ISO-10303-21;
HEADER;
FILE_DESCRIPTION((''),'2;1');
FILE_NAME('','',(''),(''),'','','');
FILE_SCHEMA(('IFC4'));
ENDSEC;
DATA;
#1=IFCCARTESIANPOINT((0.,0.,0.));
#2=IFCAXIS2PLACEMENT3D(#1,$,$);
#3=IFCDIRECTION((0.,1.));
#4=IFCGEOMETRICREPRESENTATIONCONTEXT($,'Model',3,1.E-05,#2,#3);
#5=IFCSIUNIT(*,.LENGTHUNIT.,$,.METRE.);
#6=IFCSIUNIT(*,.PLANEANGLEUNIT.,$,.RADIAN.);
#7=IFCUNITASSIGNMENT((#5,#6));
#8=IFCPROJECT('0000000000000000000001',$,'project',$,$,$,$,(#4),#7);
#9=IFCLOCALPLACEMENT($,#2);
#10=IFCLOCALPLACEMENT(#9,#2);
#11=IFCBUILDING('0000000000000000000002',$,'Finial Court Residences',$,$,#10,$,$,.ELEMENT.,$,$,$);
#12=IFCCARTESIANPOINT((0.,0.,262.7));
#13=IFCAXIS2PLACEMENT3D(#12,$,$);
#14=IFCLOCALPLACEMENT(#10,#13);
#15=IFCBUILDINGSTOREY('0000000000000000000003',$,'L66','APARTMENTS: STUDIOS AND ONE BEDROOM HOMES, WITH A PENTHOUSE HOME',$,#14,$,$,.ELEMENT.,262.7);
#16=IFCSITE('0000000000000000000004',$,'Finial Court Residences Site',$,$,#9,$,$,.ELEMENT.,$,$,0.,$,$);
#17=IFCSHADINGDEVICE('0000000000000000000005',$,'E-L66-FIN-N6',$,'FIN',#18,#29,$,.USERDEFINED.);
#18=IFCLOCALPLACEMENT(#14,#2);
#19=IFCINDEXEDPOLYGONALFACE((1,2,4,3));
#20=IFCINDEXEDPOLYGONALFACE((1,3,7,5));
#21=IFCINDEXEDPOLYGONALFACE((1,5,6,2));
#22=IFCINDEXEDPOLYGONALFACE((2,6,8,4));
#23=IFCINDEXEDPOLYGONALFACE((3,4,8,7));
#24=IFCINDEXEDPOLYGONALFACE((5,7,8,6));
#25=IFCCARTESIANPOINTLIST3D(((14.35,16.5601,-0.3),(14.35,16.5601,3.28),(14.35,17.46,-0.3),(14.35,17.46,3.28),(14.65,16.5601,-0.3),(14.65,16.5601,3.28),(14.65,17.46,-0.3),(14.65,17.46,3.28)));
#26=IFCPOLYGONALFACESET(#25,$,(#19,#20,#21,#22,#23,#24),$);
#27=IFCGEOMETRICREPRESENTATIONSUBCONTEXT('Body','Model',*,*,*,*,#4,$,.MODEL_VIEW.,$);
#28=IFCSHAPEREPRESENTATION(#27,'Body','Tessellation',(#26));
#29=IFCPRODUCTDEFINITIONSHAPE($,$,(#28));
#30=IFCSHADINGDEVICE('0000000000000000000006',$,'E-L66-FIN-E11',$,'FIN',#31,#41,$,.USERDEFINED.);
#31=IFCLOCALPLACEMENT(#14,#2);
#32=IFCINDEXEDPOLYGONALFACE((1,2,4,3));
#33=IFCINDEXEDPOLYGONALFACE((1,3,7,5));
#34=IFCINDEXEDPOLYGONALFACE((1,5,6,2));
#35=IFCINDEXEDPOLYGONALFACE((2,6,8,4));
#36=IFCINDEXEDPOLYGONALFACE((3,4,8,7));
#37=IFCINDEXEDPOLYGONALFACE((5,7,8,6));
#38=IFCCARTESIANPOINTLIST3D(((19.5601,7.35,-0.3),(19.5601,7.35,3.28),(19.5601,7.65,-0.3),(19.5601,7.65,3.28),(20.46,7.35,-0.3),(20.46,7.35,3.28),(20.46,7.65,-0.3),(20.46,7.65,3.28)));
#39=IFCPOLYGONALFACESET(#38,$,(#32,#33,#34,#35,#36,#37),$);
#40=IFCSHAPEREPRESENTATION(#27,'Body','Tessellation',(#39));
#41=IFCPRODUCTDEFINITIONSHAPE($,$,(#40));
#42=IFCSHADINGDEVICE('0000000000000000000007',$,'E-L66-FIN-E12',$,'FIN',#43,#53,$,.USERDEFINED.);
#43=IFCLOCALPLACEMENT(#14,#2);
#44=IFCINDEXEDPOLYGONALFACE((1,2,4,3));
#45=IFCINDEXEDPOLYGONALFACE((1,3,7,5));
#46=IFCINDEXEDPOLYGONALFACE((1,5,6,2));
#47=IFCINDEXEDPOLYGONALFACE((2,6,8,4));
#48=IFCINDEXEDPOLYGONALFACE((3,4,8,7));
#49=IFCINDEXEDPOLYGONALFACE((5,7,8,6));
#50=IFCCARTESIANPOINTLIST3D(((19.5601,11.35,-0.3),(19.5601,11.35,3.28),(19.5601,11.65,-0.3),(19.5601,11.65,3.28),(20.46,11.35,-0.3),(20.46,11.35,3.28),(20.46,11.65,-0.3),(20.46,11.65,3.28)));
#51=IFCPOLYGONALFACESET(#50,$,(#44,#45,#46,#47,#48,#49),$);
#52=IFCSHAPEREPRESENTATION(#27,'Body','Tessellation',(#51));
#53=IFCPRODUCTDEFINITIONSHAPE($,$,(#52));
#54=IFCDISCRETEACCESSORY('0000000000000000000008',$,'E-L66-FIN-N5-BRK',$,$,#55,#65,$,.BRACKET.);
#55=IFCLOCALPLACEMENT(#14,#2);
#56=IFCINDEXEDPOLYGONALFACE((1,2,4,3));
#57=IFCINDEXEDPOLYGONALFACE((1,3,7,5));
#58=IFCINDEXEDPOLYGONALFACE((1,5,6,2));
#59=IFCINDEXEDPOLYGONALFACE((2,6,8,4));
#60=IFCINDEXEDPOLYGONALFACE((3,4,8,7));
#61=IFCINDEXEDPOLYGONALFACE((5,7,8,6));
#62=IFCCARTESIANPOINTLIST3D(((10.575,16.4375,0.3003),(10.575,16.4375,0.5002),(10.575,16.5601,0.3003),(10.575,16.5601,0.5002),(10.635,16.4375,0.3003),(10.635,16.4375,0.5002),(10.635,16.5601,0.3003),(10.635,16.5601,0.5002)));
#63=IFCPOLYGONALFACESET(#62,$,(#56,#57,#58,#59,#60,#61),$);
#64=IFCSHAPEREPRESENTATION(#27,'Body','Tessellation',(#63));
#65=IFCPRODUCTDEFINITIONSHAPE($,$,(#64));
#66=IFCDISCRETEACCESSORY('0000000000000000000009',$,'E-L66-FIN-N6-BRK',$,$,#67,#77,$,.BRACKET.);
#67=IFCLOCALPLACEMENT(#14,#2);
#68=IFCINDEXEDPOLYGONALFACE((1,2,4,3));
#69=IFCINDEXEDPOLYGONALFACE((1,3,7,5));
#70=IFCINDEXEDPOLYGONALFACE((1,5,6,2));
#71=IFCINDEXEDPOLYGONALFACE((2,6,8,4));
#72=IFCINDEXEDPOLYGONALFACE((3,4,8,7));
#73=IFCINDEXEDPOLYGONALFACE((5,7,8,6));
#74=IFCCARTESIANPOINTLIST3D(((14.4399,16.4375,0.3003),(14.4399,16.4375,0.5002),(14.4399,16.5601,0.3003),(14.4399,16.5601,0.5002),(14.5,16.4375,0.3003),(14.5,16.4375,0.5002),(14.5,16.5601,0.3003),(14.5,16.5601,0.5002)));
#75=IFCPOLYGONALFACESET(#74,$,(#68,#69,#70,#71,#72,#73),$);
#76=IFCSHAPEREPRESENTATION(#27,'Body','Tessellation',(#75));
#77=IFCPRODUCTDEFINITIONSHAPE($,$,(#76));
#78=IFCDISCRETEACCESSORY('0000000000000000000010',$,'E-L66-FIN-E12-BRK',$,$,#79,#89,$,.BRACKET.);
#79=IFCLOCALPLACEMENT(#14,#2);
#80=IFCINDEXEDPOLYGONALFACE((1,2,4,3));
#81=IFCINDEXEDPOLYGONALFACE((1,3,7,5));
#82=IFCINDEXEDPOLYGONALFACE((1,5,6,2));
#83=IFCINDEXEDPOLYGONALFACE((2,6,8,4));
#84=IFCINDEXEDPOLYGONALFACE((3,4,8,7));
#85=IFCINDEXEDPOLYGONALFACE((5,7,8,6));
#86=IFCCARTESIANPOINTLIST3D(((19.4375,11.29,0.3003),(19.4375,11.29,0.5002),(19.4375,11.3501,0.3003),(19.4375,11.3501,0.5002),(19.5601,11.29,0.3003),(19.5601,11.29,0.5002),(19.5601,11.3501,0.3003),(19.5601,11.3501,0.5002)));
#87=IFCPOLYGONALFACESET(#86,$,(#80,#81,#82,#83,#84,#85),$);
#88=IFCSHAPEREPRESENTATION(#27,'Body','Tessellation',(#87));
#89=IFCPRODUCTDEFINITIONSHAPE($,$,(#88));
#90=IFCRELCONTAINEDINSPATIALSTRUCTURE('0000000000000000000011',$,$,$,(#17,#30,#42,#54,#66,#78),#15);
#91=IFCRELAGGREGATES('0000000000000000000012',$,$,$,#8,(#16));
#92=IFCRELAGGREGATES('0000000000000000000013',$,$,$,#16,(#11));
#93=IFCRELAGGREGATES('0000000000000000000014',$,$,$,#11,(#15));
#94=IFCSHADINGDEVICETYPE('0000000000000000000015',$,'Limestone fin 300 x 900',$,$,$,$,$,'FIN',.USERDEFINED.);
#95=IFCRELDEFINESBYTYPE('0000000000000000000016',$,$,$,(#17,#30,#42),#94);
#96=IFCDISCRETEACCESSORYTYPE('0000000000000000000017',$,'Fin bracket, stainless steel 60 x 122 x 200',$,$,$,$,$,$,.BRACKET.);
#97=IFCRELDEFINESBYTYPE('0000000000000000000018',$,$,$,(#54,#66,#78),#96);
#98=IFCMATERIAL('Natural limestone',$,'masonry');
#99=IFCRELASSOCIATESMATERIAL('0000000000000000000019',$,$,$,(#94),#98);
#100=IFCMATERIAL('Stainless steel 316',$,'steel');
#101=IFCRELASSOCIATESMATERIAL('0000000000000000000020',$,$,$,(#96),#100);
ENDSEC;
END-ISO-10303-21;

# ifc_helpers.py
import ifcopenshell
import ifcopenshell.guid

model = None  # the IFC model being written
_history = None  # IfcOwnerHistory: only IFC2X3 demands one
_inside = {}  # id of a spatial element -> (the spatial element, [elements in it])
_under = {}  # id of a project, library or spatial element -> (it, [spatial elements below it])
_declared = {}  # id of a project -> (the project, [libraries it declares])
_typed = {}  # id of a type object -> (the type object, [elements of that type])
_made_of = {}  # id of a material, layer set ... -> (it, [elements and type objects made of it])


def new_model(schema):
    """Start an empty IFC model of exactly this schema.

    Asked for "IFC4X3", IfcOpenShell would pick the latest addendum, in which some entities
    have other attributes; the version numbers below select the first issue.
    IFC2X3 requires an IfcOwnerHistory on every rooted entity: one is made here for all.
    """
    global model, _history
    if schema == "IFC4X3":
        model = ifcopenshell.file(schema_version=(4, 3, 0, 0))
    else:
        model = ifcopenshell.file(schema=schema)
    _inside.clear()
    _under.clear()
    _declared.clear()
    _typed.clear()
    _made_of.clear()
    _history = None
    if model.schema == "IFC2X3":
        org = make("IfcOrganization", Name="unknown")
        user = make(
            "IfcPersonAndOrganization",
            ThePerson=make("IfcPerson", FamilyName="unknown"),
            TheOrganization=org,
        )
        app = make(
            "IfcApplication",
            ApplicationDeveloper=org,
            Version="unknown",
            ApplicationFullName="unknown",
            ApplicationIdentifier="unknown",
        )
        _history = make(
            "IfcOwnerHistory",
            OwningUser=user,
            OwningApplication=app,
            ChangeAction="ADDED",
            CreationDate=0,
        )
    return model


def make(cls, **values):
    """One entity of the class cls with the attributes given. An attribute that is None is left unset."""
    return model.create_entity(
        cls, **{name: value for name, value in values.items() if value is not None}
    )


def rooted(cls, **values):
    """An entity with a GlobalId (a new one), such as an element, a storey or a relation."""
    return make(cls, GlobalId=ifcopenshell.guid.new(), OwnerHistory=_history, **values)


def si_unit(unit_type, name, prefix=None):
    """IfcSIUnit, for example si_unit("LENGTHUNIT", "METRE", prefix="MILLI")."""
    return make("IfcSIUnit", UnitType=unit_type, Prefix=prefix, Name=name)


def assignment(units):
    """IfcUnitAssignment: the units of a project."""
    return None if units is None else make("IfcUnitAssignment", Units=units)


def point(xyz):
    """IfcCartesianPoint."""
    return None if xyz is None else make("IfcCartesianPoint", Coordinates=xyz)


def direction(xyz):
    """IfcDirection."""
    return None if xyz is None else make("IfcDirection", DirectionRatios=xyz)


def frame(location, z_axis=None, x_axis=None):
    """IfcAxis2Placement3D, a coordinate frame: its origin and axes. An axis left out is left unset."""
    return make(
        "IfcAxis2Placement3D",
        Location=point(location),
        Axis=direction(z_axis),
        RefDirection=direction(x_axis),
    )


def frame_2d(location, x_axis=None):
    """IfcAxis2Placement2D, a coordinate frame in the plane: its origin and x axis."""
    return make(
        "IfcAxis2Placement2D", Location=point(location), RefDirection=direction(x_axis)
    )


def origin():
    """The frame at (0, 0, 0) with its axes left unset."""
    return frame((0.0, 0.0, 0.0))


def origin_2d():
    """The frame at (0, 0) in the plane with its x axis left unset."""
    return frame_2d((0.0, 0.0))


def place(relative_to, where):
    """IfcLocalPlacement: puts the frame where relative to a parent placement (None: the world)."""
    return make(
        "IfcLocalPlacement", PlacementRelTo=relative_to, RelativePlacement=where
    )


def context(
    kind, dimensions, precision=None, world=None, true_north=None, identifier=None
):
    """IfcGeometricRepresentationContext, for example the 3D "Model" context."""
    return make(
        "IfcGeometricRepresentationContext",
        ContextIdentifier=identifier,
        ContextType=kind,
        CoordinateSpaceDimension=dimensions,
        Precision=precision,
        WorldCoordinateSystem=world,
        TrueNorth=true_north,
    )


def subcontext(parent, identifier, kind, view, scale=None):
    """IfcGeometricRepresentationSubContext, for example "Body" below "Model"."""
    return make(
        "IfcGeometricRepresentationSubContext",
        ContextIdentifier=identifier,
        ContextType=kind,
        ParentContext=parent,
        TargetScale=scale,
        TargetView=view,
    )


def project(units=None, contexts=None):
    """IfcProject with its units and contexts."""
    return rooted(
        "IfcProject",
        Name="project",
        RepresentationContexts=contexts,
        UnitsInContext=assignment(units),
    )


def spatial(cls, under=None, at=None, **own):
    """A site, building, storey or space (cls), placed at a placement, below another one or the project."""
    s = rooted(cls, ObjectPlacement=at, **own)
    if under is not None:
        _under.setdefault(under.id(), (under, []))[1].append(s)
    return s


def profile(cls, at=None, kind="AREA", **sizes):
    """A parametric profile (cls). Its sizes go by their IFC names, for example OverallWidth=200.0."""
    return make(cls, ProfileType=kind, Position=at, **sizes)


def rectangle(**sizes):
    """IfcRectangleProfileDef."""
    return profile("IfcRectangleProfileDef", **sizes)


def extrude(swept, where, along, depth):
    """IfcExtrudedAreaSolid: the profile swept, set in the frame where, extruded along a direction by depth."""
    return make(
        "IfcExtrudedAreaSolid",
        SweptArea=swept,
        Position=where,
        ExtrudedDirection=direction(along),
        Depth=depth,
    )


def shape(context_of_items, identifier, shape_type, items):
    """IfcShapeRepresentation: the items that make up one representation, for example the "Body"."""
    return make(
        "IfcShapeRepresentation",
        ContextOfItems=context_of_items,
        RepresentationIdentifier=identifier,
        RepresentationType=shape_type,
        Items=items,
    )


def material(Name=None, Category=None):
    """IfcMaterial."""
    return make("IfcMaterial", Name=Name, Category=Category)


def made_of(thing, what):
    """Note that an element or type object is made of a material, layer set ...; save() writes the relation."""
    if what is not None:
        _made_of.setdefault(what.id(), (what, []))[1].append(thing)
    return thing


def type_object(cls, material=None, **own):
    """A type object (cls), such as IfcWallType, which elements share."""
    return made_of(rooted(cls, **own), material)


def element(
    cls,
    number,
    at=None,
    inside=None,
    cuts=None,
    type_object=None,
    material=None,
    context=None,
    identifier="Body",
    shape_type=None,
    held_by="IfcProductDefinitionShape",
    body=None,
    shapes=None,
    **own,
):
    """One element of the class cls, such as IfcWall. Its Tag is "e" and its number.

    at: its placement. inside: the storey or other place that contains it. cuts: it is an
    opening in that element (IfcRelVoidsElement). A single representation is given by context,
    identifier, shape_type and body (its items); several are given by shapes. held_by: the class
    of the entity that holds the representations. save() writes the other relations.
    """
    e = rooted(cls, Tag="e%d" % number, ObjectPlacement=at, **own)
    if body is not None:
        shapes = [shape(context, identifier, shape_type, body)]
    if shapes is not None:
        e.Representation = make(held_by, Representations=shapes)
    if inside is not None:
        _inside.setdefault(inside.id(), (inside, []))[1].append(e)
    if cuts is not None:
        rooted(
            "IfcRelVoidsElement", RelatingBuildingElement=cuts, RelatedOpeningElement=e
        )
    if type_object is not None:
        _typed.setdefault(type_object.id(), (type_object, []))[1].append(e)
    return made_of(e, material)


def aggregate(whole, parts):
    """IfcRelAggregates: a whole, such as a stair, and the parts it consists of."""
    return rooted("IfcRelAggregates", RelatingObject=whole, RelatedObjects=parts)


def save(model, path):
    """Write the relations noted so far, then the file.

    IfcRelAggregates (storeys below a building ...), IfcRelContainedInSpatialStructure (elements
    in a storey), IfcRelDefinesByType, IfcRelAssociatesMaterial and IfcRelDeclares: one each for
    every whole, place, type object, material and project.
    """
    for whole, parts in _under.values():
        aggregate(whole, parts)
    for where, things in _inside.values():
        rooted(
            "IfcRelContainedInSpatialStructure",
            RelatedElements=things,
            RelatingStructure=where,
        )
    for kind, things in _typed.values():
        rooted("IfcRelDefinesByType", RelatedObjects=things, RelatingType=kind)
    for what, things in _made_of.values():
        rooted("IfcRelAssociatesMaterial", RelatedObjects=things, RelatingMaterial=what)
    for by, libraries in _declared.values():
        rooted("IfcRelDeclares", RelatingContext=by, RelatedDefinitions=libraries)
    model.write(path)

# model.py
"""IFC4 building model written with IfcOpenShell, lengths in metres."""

from ifc_helpers import new_model, si_unit, direction, frame, origin, origin_2d, place, context, subcontext, project, spatial, rectangle, extrude, material, type_object, element, save


model = new_model("IFC4")

# Units and contexts
model_context = context("Model", 3, precision=1e-05, world=origin(), true_north=direction((0.0, 1.0)))
body_context = subcontext(model_context, "Body", "Model", "MODEL_VIEW")
ifc_project = project(units=[si_unit("LENGTHUNIT", "METRE"), si_unit("PLANEANGLEUNIT", "RADIAN")], contexts=[model_context])

# Site, building, storey
site_placement = place(None, origin())
site = spatial("IfcSite", under=ifc_project, at=site_placement, Name="Finial Court Residences Site", CompositionType="ELEMENT", RefElevation=0.0)
building_placement = place(site_placement, origin())
building = spatial("IfcBuilding", under=site, at=building_placement, Name="Finial Court Residences", CompositionType="ELEMENT")
storey_placement = place(building_placement, frame((0.0, 0.0, 262.7)))
storey = spatial("IfcBuildingStorey", under=building, at=storey_placement, Name="L66", Description="APARTMENTS: STUDIOS AND ONE BEDROOM HOMES, WITH A PENTHOUSE HOME", CompositionType="ELEMENT", Elevation=262.7)

# Shared definitions
ifc_material_1 = material(Name="Natural limestone", Category="masonry")

# Shading devices
shading_device_type = type_object("IfcShadingDeviceType", Name="Limestone fin 300 x 900", ElementType="FIN", PredefinedType="USERDEFINED", material=ifc_material_1)
shading_device_placement = place(storey_placement, frame((14.5, 17.01, -0.3), z_axis=(0.0, 0.0, 1.0), x_axis=(1.0, 0.0, 0.0)))
element("IfcShadingDevice", 1, at=shading_device_placement, inside=storey, type_object=shading_device_type, Name="E-L66-FIN-N6", ObjectType="FIN", PredefinedType="USERDEFINED", context=body_context, shape_type="SweptSolid", body=[
    extrude(rectangle(XDim=0.3, YDim=0.8999, at=origin_2d()), origin(), (0.0, 0.0, 1.0), 3.5801),
])
for number, where, z_axis, x_axis, name in (
    (2, (20.01, 7.5, -0.3), (0.0, 0.0, 1.0), (1.0, 0.0, 0.0), "E-L66-FIN-E11"),
    (3, (20.01, 11.5, -0.3), (0.0, 0.0, 1.0), (1.0, 0.0, 0.0), "E-L66-FIN-E12"),
):
    element("IfcShadingDevice", number, at=place(storey_placement, frame(where, z_axis=z_axis, x_axis=x_axis)), inside=storey, type_object=shading_device_type, Name=name, ObjectType="FIN", PredefinedType="USERDEFINED", context=body_context, shape_type="SweptSolid", body=[
        extrude(rectangle(XDim=0.8999, YDim=0.3, at=origin_2d()), origin(), (0.0, 0.0, 1.0), 3.5801),
    ])

# Discrete accessories
ifc_material_2 = material(Name="Stainless steel 316", Category="steel")
discrete_accessory_type = type_object("IfcDiscreteAccessoryType", Name="Fin bracket, stainless steel 60 x 122 x 200", PredefinedType="BRACKET", material=ifc_material_2)
for number, where, z_axis, x_axis, name in (
    (4, (10.605, 16.4988, 0.3003), (0.0, 0.0, 1.0), (1.0, 0.0, 0.0), "E-L66-FIN-N5-BRK"),
    (5, (14.47, 16.4988, 0.3003), (0.0, 0.0, 1.0), (1.0, 0.0, 0.0), "E-L66-FIN-N6-BRK"),
):
    element("IfcDiscreteAccessory", number, at=place(storey_placement, frame(where, z_axis=z_axis, x_axis=x_axis)), inside=storey, type_object=discrete_accessory_type, Name=name, PredefinedType="BRACKET", context=body_context, shape_type="SweptSolid", body=[
        extrude(rectangle(XDim=0.0601, YDim=0.1226, at=origin_2d()), origin(), (0.0, 0.0, 1.0), 0.2),
    ])
discrete_accessory_placement = place(storey_placement, frame((19.4988, 11.3201, 0.3003), z_axis=(0.0, 0.0, 1.0), x_axis=(1.0, 0.0, 0.0)))
element("IfcDiscreteAccessory", 6, at=discrete_accessory_placement, inside=storey, type_object=discrete_accessory_type, Name="E-L66-FIN-E12-BRK", PredefinedType="BRACKET", context=body_context, shape_type="SweptSolid", body=[
    extrude(rectangle(XDim=0.1226, YDim=0.0601, at=origin_2d()), origin(), (0.0, 0.0, 1.0), 0.2),
])

save(model, "model.ifc")
